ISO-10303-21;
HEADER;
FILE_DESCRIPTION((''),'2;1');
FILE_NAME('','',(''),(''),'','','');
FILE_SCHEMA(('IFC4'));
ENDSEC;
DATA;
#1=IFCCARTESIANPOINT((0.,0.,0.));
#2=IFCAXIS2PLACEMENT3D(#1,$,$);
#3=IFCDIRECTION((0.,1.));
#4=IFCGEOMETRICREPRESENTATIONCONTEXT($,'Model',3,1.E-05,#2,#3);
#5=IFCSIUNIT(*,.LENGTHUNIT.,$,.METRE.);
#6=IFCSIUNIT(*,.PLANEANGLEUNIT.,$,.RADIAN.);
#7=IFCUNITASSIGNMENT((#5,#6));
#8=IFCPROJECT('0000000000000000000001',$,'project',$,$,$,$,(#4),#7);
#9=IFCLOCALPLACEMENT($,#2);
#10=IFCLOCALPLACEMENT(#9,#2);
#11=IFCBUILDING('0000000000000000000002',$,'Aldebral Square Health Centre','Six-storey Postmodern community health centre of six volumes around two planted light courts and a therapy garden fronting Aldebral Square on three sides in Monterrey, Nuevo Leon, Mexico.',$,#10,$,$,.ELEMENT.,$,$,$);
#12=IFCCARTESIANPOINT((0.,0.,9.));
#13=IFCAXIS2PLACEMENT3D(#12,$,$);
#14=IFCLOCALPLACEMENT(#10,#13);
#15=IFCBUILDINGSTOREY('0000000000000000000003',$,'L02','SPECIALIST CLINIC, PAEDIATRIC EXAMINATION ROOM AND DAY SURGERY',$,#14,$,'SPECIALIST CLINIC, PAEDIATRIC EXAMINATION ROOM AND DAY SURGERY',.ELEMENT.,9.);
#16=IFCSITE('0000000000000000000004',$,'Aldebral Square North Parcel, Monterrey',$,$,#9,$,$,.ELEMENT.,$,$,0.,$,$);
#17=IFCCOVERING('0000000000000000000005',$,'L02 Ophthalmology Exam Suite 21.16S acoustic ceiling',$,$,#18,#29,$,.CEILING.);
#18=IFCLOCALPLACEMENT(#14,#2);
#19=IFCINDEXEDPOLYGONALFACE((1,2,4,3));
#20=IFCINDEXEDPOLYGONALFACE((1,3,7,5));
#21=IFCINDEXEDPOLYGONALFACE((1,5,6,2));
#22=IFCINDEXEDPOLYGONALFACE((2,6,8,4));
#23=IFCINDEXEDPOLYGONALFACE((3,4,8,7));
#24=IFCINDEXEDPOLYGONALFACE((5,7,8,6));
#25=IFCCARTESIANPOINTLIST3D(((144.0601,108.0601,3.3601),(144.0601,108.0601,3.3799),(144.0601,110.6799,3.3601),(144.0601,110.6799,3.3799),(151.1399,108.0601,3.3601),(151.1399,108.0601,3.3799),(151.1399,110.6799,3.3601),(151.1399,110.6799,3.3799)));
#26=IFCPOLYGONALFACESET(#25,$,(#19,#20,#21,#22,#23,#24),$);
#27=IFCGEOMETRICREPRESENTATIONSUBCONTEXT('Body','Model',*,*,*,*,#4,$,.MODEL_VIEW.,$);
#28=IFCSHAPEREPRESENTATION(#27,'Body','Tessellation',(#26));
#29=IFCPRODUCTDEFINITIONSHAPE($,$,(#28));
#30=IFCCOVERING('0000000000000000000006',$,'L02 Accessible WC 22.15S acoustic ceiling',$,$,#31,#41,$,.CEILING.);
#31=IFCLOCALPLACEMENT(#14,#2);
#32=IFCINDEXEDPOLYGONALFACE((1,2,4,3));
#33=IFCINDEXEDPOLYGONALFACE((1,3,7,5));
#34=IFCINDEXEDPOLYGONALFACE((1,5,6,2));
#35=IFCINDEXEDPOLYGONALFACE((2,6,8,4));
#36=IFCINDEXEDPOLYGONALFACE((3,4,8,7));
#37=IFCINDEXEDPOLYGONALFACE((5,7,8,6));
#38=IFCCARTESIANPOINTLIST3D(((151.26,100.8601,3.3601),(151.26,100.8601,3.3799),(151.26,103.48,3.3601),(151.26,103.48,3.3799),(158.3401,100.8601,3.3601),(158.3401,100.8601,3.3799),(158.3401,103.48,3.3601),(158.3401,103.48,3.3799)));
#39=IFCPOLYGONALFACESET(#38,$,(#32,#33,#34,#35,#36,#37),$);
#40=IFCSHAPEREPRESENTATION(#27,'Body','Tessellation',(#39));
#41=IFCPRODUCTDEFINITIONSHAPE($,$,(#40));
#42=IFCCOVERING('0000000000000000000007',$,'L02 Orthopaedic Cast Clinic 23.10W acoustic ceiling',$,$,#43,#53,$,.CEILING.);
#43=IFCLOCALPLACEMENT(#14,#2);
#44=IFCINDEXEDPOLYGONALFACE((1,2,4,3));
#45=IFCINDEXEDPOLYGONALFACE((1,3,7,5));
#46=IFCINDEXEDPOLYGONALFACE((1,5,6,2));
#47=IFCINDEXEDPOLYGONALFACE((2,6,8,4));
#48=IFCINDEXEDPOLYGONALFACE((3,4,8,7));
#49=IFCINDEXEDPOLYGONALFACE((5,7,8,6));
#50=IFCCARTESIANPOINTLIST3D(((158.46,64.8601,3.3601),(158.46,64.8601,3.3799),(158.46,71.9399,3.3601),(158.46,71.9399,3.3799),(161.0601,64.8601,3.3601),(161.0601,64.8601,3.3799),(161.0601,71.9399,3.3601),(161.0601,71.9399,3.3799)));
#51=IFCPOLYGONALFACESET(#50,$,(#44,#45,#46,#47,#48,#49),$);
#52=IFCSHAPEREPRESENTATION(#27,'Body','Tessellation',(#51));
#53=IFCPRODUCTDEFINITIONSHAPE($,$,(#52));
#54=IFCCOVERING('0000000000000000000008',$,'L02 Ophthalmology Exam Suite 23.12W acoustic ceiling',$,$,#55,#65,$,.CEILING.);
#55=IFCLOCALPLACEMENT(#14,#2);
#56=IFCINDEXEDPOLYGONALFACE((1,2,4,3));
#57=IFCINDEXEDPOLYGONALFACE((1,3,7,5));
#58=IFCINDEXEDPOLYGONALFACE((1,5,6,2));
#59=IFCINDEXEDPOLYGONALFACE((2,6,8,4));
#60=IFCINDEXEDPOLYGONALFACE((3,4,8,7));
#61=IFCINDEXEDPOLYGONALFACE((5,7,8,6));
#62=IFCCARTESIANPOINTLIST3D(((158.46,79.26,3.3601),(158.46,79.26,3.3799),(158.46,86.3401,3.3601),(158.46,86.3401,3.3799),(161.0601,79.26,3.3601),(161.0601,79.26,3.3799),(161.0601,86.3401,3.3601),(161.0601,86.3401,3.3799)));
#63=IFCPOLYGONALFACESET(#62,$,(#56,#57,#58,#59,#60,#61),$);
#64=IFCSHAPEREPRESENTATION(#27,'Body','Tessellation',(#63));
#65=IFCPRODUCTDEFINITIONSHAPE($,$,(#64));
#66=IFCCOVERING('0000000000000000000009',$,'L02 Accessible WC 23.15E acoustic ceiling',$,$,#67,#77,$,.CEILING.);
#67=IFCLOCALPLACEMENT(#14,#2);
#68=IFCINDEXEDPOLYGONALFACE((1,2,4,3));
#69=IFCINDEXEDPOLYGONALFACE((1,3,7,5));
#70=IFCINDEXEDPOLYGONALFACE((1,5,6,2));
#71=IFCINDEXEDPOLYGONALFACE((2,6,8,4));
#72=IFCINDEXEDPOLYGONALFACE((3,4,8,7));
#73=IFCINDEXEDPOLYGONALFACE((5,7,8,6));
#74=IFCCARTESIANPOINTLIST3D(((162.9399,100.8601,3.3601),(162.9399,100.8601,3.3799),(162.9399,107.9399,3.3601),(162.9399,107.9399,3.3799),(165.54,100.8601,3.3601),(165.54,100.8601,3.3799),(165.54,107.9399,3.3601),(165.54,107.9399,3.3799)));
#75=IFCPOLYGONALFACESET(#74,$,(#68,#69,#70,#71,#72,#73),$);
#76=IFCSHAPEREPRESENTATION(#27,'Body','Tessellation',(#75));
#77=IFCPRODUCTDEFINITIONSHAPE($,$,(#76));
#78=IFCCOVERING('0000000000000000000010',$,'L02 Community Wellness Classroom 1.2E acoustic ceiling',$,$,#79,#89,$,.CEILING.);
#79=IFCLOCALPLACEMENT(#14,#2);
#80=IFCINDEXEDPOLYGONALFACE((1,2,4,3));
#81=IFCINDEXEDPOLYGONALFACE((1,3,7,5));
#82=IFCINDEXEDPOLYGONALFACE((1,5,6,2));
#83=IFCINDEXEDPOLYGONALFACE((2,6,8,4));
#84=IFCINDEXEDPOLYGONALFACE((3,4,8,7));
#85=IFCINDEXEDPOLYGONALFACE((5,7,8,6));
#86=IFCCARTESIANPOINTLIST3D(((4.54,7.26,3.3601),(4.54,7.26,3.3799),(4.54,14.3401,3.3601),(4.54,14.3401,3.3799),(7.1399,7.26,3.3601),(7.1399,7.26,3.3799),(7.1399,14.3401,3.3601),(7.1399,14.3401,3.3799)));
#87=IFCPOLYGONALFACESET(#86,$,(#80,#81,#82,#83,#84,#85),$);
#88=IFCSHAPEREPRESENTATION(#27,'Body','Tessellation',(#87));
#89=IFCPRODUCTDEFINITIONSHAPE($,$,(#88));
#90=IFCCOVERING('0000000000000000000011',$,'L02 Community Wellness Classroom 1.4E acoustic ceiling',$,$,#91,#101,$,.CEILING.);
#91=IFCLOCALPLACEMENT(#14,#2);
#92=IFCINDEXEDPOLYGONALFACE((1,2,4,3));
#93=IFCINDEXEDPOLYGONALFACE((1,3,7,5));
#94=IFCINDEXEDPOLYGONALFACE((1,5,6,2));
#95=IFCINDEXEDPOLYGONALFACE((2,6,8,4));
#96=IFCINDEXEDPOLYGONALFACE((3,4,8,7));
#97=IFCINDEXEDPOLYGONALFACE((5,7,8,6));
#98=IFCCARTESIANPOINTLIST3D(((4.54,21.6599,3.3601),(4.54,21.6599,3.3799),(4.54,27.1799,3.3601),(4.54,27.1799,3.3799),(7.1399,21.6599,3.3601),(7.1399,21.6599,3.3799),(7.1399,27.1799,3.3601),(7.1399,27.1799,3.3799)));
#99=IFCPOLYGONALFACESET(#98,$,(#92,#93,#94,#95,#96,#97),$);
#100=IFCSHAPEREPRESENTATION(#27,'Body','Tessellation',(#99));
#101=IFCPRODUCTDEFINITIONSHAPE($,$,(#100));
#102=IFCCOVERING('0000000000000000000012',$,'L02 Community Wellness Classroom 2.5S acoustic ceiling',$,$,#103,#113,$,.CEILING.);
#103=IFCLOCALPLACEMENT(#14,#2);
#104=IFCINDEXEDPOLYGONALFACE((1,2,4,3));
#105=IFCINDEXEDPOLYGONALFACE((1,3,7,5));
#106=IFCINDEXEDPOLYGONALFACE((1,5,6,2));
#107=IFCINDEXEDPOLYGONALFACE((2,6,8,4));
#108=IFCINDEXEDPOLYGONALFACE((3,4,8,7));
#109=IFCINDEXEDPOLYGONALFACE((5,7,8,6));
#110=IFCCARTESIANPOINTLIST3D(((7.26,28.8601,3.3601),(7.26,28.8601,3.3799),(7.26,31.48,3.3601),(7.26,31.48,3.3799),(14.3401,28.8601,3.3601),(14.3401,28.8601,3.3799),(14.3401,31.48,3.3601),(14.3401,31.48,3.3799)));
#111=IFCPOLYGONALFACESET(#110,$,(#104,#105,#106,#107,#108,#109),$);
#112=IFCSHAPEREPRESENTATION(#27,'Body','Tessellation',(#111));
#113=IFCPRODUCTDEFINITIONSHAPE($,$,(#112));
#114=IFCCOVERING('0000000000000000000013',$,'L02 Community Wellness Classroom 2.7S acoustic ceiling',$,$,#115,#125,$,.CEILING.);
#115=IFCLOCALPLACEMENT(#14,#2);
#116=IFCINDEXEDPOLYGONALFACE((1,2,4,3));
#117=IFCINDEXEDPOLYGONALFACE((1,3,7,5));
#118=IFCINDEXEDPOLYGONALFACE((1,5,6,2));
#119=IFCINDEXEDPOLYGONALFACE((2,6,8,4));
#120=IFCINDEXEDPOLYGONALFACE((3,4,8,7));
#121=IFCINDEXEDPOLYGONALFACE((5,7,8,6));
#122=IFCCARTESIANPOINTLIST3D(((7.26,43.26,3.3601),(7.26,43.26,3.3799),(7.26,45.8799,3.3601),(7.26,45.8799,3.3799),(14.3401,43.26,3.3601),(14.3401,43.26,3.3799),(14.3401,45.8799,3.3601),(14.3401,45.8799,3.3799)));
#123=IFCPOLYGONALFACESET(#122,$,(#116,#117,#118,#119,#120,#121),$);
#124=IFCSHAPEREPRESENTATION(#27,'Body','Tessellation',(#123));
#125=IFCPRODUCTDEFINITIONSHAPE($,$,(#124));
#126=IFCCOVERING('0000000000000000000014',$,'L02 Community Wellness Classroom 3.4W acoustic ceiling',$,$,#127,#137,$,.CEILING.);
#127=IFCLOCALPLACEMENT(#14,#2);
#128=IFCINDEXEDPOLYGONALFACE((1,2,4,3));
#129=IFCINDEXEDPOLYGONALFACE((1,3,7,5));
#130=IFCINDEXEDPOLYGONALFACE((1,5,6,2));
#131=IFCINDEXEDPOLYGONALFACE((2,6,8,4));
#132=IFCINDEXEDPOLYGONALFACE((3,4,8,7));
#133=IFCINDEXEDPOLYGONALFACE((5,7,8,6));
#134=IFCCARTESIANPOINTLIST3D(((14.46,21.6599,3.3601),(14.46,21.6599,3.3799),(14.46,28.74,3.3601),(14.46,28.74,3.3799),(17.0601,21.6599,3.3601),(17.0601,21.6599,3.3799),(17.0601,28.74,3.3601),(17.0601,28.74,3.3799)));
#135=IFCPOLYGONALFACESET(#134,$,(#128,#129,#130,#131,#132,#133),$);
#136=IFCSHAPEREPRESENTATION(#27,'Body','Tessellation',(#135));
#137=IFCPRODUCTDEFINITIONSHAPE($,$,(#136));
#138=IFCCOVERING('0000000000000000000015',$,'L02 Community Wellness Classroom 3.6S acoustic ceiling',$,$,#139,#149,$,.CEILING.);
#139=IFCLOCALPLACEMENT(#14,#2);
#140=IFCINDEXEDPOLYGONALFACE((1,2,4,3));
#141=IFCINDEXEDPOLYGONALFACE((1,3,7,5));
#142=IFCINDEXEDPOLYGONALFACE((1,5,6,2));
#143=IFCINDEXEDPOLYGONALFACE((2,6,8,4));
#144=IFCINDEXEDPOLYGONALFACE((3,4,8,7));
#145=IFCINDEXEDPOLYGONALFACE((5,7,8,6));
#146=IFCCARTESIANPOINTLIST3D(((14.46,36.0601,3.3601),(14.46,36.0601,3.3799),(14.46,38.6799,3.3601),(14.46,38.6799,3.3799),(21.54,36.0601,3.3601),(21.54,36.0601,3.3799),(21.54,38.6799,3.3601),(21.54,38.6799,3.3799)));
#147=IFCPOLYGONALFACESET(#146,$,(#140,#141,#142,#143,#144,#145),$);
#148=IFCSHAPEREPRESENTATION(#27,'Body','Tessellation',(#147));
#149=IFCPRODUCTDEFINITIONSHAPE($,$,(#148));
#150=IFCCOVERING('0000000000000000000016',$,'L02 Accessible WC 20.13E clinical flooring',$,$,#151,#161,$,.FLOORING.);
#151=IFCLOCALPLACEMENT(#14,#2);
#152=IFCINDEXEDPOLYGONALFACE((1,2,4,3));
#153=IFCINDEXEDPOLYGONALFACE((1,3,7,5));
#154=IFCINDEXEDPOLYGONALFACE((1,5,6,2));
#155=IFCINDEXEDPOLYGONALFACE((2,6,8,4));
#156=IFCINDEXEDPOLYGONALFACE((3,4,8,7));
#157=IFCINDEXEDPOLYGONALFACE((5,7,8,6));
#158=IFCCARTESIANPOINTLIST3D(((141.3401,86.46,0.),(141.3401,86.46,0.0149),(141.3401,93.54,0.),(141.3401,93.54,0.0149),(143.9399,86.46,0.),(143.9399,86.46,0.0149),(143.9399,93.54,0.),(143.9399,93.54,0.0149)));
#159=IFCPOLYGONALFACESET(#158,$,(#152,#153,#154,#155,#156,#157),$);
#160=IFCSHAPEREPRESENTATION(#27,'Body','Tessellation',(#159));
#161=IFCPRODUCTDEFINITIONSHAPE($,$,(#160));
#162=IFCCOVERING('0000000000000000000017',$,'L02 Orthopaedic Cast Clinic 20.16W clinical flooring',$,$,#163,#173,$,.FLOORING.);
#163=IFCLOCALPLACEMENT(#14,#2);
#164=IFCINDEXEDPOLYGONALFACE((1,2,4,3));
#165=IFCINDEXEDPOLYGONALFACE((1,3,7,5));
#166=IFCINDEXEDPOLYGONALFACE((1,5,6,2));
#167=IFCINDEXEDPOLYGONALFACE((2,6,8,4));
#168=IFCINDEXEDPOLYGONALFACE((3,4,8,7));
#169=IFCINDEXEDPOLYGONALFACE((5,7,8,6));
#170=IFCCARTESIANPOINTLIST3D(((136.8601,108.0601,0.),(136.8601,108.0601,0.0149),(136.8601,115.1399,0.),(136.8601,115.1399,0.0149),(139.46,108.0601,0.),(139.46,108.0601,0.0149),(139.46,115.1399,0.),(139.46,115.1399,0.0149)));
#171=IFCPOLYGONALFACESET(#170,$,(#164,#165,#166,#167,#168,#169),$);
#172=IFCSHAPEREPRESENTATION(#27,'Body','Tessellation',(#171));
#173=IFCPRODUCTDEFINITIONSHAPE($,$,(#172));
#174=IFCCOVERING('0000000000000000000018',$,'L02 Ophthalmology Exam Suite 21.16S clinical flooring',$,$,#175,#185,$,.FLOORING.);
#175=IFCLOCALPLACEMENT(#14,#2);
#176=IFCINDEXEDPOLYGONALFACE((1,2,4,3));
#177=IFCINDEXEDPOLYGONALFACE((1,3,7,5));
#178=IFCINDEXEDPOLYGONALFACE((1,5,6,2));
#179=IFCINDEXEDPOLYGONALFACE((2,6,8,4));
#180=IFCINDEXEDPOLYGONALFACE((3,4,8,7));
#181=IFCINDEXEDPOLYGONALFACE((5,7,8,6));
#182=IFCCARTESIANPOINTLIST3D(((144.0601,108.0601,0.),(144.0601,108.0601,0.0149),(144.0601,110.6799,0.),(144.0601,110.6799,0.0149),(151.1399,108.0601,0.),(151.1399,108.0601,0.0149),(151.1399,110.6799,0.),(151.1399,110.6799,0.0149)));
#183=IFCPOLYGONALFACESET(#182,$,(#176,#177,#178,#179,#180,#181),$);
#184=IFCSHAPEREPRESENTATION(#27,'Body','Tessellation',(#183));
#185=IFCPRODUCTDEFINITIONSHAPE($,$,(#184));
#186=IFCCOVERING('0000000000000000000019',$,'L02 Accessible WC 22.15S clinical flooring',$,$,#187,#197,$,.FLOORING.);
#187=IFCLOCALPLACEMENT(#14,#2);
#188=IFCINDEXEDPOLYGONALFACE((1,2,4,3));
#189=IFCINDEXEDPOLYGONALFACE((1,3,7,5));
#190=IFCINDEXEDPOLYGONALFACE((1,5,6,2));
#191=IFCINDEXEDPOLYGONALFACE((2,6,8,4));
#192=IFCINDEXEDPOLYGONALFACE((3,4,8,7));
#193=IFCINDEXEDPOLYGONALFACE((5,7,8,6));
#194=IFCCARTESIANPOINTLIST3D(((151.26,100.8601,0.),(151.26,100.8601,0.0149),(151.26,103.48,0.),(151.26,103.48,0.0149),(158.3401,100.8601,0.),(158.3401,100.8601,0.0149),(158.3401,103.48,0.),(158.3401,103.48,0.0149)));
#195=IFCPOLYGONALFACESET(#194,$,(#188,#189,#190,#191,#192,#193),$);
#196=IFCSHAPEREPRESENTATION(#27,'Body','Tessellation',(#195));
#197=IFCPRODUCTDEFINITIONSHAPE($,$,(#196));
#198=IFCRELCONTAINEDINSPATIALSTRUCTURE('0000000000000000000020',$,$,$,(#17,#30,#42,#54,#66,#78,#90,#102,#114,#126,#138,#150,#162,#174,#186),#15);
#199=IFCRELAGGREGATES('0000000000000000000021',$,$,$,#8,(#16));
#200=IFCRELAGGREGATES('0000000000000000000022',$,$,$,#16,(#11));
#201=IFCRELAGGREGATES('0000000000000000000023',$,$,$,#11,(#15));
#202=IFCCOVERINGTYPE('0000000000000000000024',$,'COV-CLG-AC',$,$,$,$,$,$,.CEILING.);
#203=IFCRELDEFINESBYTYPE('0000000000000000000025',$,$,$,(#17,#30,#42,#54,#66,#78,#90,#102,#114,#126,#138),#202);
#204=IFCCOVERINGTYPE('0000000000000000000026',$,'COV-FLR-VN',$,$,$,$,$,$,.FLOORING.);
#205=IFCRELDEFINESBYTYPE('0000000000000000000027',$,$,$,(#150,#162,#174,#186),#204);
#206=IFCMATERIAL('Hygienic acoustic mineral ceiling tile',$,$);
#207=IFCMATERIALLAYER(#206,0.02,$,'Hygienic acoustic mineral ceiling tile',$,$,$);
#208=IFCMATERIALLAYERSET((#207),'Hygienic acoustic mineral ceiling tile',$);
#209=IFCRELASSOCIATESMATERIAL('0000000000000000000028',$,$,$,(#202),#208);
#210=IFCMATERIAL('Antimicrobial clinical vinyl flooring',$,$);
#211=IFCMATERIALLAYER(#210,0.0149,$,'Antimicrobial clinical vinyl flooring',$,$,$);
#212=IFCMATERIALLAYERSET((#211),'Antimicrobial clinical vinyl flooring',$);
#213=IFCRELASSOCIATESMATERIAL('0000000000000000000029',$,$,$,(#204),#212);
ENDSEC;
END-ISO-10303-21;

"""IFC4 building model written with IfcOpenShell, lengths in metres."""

from ifc_helpers import new_model, si_unit, direction, frame, origin, place, context, subcontext, project, spatial, polyline, outline, extrude, material, layer, layer_set, type_object, element, save


model = new_model("IFC4")

# Units and contexts
model_context = context("Model", 3, precision=1e-05, world=origin(), true_north=direction((0.0, 1.0)))
body_context = subcontext(model_context, "Body", "Model", "MODEL_VIEW")
ifc_project = project(units=[si_unit("LENGTHUNIT", "METRE"), si_unit("PLANEANGLEUNIT", "RADIAN")], contexts=[model_context])

# Site, building, storey
site_placement = place(None, origin())
site = spatial("IfcSite", under=ifc_project, at=site_placement, Name="Aldebral Square North Parcel, Monterrey", CompositionType="ELEMENT", RefElevation=0.0)
building_placement = place(site_placement, origin())
building = spatial("IfcBuilding", under=site, at=building_placement, Name="Aldebral Square Health Centre", Description="Six-storey Postmodern community health centre of six volumes around two planted light courts and a therapy garden fronting Aldebral Square on three sides in Monterrey, Nuevo Leon, Mexico.", CompositionType="ELEMENT")
storey_placement = place(building_placement, frame((0.0, 0.0, 9.0)))
storey = spatial("IfcBuildingStorey", under=building, at=storey_placement, Name="L02", Description="SPECIALIST CLINIC, PAEDIATRIC EXAMINATION ROOM AND DAY SURGERY", LongName="SPECIALIST CLINIC, PAEDIATRIC EXAMINATION ROOM AND DAY SURGERY", CompositionType="ELEMENT", Elevation=9.0)

# Coverings
ifc_material_1 = material(Name="Hygienic acoustic mineral ceiling tile")
ifc_layer_1 = layer(ifc_material_1, 0.02, Name="Hygienic acoustic mineral ceiling tile")
ifc_layer_set_1 = layer_set([ifc_layer_1], Name="Hygienic acoustic mineral ceiling tile")
covering_type_1 = type_object("IfcCoveringType", Name="COV-CLG-AC", PredefinedType="CEILING", material=ifc_layer_set_1)
covering_1_placement = place(storey_placement, frame((0.0, 0.0, 3.3601)))
element("IfcCovering", 1, at=covering_1_placement, inside=storey, type_object=covering_type_1, Name="L02 Ophthalmology Exam Suite 21.16S acoustic ceiling", PredefinedType="CEILING", context=body_context, shape_type="SweptSolid", body=[
    extrude(outline(polyline([(144.0601, 108.0601), (151.1399, 108.0601), (151.1399, 110.6799), (144.0601, 110.6799), (144.0601, 108.0601)])), origin(), (0.0, 0.0, 1.0), 0.0198),
])
covering_2_placement = place(storey_placement, frame((0.0, 0.0, 3.3601)))
element("IfcCovering", 2, at=covering_2_placement, inside=storey, type_object=covering_type_1, Name="L02 Accessible WC 22.15S acoustic ceiling", PredefinedType="CEILING", context=body_context, shape_type="SweptSolid", body=[
    extrude(outline(polyline([(151.26, 100.8601), (158.3401, 100.8601), (158.3401, 103.48), (151.26, 103.48), (151.26, 100.8601)])), origin(), (0.0, 0.0, 1.0), 0.0198),
])
covering_3_placement = place(storey_placement, frame((0.0, 0.0, 3.3601)))
element("IfcCovering", 3, at=covering_3_placement, inside=storey, type_object=covering_type_1, Name="L02 Orthopaedic Cast Clinic 23.10W acoustic ceiling", PredefinedType="CEILING", context=body_context, shape_type="SweptSolid", body=[
    extrude(outline(polyline([(158.46, 64.8601), (161.0601, 64.8601), (161.0601, 71.9399), (158.46, 71.9399), (158.46, 64.8601)])), origin(), (0.0, 0.0, 1.0), 0.0198),
])
covering_4_placement = place(storey_placement, frame((0.0, 0.0, 3.3601)))
element("IfcCovering", 4, at=covering_4_placement, inside=storey, type_object=covering_type_1, Name="L02 Ophthalmology Exam Suite 23.12W acoustic ceiling", PredefinedType="CEILING", context=body_context, shape_type="SweptSolid", body=[
    extrude(outline(polyline([(158.46, 79.26), (161.0601, 79.26), (161.0601, 86.3401), (158.46, 86.3401), (158.46, 79.26)])), origin(), (0.0, 0.0, 1.0), 0.0198),
])
covering_5_placement = place(storey_placement, frame((0.0, 0.0, 3.3601)))
element("IfcCovering", 5, at=covering_5_placement, inside=storey, type_object=covering_type_1, Name="L02 Accessible WC 23.15E acoustic ceiling", PredefinedType="CEILING", context=body_context, shape_type="SweptSolid", body=[
    extrude(outline(polyline([(162.9399, 100.8601), (165.54, 100.8601), (165.54, 107.9399), (162.9399, 107.9399), (162.9399, 100.8601)])), origin(), (0.0, 0.0, 1.0), 0.0198),
])
covering_6_placement = place(storey_placement, frame((0.0, 0.0, 3.3601)))
element("IfcCovering", 6, at=covering_6_placement, inside=storey, type_object=covering_type_1, Name="L02 Community Wellness Classroom 1.2E acoustic ceiling", PredefinedType="CEILING", context=body_context, shape_type="SweptSolid", body=[
    extrude(outline(polyline([(4.54, 7.26), (7.1399, 7.26), (7.1399, 14.3401), (4.54, 14.3401), (4.54, 7.26)])), origin(), (0.0, 0.0, 1.0), 0.0198),
])
covering_7_placement = place(storey_placement, frame((0.0, 0.0, 3.3601)))
element("IfcCovering", 7, at=covering_7_placement, inside=storey, type_object=covering_type_1, Name="L02 Community Wellness Classroom 1.4E acoustic ceiling", PredefinedType="CEILING", context=body_context, shape_type="SweptSolid", body=[
    extrude(outline(polyline([(4.54, 21.6599), (7.1399, 21.6599), (7.1399, 27.1799), (4.54, 27.1799), (4.54, 21.6599)])), origin(), (0.0, 0.0, 1.0), 0.0198),
])
covering_8_placement = place(storey_placement, frame((0.0, 0.0, 3.3601)))
element("IfcCovering", 8, at=covering_8_placement, inside=storey, type_object=covering_type_1, Name="L02 Community Wellness Classroom 2.5S acoustic ceiling", PredefinedType="CEILING", context=body_context, shape_type="SweptSolid", body=[
    extrude(outline(polyline([(7.26, 28.8601), (14.3401, 28.8601), (14.3401, 31.48), (7.26, 31.48), (7.26, 28.8601)])), origin(), (0.0, 0.0, 1.0), 0.0198),
])
covering_9_placement = place(storey_placement, frame((0.0, 0.0, 3.3601)))
element("IfcCovering", 9, at=covering_9_placement, inside=storey, type_object=covering_type_1, Name="L02 Community Wellness Classroom 2.7S acoustic ceiling", PredefinedType="CEILING", context=body_context, shape_type="SweptSolid", body=[
    extrude(outline(polyline([(7.26, 43.26), (14.3401, 43.26), (14.3401, 45.8799), (7.26, 45.8799), (7.26, 43.26)])), origin(), (0.0, 0.0, 1.0), 0.0198),
])
covering_10_placement = place(storey_placement, frame((0.0, 0.0, 3.3601)))
element("IfcCovering", 10, at=covering_10_placement, inside=storey, type_object=covering_type_1, Name="L02 Community Wellness Classroom 3.4W acoustic ceiling", PredefinedType="CEILING", context=body_context, shape_type="SweptSolid", body=[
    extrude(outline(polyline([(14.46, 21.6599), (17.0601, 21.6599), (17.0601, 28.74), (14.46, 28.74), (14.46, 21.6599)])), origin(), (0.0, 0.0, 1.0), 0.0198),
])
covering_11_placement = place(storey_placement, frame((0.0, 0.0, 3.3601)))
element("IfcCovering", 11, at=covering_11_placement, inside=storey, type_object=covering_type_1, Name="L02 Community Wellness Classroom 3.6S acoustic ceiling", PredefinedType="CEILING", context=body_context, shape_type="SweptSolid", body=[
    extrude(outline(polyline([(14.46, 36.0601), (21.54, 36.0601), (21.54, 38.6799), (14.46, 38.6799), (14.46, 36.0601)])), origin(), (0.0, 0.0, 1.0), 0.0198),
])
ifc_material_2 = material(Name="Antimicrobial clinical vinyl flooring")
ifc_layer_2 = layer(ifc_material_2, 0.0149, Name="Antimicrobial clinical vinyl flooring")
ifc_layer_set_2 = layer_set([ifc_layer_2], Name="Antimicrobial clinical vinyl flooring")
covering_type_2 = type_object("IfcCoveringType", Name="COV-FLR-VN", PredefinedType="FLOORING", material=ifc_layer_set_2)
covering_12_placement = place(storey_placement, origin())
element("IfcCovering", 12, at=covering_12_placement, inside=storey, type_object=covering_type_2, Name="L02 Accessible WC 20.13E clinical flooring", PredefinedType="FLOORING", context=body_context, shape_type="SweptSolid", body=[
    extrude(outline(polyline([(141.3401, 86.46), (143.9399, 86.46), (143.9399, 93.54), (141.3401, 93.54), (141.3401, 86.46)])), origin(), (0.0, 0.0, 1.0), 0.0149),
])
covering_13_placement = place(storey_placement, origin())
element("IfcCovering", 13, at=covering_13_placement, inside=storey, type_object=covering_type_2, Name="L02 Orthopaedic Cast Clinic 20.16W clinical flooring", PredefinedType="FLOORING", context=body_context, shape_type="SweptSolid", body=[
    extrude(outline(polyline([(136.8601, 108.0601), (139.46, 108.0601), (139.46, 115.1399), (136.8601, 115.1399), (136.8601, 108.0601)])), origin(), (0.0, 0.0, 1.0), 0.0149),
])
covering_14_placement = place(storey_placement, origin())
element("IfcCovering", 14, at=covering_14_placement, inside=storey, type_object=covering_type_2, Name="L02 Ophthalmology Exam Suite 21.16S clinical flooring", PredefinedType="FLOORING", context=body_context, shape_type="SweptSolid", body=[
    extrude(outline(polyline([(144.0601, 108.0601), (151.1399, 108.0601), (151.1399, 110.6799), (144.0601, 110.6799), (144.0601, 108.0601)])), origin(), (0.0, 0.0, 1.0), 0.0149),
])
covering_15_placement = place(storey_placement, origin())
element("IfcCovering", 15, at=covering_15_placement, inside=storey, type_object=covering_type_2, Name="L02 Accessible WC 22.15S clinical flooring", PredefinedType="FLOORING", context=body_context, shape_type="SweptSolid", body=[
    extrude(outline(polyline([(151.26, 100.8601), (158.3401, 100.8601), (158.3401, 103.48), (151.26, 103.48), (151.26, 100.8601)])), origin(), (0.0, 0.0, 1.0), 0.0149),
])

save(model, "model.ifc")
